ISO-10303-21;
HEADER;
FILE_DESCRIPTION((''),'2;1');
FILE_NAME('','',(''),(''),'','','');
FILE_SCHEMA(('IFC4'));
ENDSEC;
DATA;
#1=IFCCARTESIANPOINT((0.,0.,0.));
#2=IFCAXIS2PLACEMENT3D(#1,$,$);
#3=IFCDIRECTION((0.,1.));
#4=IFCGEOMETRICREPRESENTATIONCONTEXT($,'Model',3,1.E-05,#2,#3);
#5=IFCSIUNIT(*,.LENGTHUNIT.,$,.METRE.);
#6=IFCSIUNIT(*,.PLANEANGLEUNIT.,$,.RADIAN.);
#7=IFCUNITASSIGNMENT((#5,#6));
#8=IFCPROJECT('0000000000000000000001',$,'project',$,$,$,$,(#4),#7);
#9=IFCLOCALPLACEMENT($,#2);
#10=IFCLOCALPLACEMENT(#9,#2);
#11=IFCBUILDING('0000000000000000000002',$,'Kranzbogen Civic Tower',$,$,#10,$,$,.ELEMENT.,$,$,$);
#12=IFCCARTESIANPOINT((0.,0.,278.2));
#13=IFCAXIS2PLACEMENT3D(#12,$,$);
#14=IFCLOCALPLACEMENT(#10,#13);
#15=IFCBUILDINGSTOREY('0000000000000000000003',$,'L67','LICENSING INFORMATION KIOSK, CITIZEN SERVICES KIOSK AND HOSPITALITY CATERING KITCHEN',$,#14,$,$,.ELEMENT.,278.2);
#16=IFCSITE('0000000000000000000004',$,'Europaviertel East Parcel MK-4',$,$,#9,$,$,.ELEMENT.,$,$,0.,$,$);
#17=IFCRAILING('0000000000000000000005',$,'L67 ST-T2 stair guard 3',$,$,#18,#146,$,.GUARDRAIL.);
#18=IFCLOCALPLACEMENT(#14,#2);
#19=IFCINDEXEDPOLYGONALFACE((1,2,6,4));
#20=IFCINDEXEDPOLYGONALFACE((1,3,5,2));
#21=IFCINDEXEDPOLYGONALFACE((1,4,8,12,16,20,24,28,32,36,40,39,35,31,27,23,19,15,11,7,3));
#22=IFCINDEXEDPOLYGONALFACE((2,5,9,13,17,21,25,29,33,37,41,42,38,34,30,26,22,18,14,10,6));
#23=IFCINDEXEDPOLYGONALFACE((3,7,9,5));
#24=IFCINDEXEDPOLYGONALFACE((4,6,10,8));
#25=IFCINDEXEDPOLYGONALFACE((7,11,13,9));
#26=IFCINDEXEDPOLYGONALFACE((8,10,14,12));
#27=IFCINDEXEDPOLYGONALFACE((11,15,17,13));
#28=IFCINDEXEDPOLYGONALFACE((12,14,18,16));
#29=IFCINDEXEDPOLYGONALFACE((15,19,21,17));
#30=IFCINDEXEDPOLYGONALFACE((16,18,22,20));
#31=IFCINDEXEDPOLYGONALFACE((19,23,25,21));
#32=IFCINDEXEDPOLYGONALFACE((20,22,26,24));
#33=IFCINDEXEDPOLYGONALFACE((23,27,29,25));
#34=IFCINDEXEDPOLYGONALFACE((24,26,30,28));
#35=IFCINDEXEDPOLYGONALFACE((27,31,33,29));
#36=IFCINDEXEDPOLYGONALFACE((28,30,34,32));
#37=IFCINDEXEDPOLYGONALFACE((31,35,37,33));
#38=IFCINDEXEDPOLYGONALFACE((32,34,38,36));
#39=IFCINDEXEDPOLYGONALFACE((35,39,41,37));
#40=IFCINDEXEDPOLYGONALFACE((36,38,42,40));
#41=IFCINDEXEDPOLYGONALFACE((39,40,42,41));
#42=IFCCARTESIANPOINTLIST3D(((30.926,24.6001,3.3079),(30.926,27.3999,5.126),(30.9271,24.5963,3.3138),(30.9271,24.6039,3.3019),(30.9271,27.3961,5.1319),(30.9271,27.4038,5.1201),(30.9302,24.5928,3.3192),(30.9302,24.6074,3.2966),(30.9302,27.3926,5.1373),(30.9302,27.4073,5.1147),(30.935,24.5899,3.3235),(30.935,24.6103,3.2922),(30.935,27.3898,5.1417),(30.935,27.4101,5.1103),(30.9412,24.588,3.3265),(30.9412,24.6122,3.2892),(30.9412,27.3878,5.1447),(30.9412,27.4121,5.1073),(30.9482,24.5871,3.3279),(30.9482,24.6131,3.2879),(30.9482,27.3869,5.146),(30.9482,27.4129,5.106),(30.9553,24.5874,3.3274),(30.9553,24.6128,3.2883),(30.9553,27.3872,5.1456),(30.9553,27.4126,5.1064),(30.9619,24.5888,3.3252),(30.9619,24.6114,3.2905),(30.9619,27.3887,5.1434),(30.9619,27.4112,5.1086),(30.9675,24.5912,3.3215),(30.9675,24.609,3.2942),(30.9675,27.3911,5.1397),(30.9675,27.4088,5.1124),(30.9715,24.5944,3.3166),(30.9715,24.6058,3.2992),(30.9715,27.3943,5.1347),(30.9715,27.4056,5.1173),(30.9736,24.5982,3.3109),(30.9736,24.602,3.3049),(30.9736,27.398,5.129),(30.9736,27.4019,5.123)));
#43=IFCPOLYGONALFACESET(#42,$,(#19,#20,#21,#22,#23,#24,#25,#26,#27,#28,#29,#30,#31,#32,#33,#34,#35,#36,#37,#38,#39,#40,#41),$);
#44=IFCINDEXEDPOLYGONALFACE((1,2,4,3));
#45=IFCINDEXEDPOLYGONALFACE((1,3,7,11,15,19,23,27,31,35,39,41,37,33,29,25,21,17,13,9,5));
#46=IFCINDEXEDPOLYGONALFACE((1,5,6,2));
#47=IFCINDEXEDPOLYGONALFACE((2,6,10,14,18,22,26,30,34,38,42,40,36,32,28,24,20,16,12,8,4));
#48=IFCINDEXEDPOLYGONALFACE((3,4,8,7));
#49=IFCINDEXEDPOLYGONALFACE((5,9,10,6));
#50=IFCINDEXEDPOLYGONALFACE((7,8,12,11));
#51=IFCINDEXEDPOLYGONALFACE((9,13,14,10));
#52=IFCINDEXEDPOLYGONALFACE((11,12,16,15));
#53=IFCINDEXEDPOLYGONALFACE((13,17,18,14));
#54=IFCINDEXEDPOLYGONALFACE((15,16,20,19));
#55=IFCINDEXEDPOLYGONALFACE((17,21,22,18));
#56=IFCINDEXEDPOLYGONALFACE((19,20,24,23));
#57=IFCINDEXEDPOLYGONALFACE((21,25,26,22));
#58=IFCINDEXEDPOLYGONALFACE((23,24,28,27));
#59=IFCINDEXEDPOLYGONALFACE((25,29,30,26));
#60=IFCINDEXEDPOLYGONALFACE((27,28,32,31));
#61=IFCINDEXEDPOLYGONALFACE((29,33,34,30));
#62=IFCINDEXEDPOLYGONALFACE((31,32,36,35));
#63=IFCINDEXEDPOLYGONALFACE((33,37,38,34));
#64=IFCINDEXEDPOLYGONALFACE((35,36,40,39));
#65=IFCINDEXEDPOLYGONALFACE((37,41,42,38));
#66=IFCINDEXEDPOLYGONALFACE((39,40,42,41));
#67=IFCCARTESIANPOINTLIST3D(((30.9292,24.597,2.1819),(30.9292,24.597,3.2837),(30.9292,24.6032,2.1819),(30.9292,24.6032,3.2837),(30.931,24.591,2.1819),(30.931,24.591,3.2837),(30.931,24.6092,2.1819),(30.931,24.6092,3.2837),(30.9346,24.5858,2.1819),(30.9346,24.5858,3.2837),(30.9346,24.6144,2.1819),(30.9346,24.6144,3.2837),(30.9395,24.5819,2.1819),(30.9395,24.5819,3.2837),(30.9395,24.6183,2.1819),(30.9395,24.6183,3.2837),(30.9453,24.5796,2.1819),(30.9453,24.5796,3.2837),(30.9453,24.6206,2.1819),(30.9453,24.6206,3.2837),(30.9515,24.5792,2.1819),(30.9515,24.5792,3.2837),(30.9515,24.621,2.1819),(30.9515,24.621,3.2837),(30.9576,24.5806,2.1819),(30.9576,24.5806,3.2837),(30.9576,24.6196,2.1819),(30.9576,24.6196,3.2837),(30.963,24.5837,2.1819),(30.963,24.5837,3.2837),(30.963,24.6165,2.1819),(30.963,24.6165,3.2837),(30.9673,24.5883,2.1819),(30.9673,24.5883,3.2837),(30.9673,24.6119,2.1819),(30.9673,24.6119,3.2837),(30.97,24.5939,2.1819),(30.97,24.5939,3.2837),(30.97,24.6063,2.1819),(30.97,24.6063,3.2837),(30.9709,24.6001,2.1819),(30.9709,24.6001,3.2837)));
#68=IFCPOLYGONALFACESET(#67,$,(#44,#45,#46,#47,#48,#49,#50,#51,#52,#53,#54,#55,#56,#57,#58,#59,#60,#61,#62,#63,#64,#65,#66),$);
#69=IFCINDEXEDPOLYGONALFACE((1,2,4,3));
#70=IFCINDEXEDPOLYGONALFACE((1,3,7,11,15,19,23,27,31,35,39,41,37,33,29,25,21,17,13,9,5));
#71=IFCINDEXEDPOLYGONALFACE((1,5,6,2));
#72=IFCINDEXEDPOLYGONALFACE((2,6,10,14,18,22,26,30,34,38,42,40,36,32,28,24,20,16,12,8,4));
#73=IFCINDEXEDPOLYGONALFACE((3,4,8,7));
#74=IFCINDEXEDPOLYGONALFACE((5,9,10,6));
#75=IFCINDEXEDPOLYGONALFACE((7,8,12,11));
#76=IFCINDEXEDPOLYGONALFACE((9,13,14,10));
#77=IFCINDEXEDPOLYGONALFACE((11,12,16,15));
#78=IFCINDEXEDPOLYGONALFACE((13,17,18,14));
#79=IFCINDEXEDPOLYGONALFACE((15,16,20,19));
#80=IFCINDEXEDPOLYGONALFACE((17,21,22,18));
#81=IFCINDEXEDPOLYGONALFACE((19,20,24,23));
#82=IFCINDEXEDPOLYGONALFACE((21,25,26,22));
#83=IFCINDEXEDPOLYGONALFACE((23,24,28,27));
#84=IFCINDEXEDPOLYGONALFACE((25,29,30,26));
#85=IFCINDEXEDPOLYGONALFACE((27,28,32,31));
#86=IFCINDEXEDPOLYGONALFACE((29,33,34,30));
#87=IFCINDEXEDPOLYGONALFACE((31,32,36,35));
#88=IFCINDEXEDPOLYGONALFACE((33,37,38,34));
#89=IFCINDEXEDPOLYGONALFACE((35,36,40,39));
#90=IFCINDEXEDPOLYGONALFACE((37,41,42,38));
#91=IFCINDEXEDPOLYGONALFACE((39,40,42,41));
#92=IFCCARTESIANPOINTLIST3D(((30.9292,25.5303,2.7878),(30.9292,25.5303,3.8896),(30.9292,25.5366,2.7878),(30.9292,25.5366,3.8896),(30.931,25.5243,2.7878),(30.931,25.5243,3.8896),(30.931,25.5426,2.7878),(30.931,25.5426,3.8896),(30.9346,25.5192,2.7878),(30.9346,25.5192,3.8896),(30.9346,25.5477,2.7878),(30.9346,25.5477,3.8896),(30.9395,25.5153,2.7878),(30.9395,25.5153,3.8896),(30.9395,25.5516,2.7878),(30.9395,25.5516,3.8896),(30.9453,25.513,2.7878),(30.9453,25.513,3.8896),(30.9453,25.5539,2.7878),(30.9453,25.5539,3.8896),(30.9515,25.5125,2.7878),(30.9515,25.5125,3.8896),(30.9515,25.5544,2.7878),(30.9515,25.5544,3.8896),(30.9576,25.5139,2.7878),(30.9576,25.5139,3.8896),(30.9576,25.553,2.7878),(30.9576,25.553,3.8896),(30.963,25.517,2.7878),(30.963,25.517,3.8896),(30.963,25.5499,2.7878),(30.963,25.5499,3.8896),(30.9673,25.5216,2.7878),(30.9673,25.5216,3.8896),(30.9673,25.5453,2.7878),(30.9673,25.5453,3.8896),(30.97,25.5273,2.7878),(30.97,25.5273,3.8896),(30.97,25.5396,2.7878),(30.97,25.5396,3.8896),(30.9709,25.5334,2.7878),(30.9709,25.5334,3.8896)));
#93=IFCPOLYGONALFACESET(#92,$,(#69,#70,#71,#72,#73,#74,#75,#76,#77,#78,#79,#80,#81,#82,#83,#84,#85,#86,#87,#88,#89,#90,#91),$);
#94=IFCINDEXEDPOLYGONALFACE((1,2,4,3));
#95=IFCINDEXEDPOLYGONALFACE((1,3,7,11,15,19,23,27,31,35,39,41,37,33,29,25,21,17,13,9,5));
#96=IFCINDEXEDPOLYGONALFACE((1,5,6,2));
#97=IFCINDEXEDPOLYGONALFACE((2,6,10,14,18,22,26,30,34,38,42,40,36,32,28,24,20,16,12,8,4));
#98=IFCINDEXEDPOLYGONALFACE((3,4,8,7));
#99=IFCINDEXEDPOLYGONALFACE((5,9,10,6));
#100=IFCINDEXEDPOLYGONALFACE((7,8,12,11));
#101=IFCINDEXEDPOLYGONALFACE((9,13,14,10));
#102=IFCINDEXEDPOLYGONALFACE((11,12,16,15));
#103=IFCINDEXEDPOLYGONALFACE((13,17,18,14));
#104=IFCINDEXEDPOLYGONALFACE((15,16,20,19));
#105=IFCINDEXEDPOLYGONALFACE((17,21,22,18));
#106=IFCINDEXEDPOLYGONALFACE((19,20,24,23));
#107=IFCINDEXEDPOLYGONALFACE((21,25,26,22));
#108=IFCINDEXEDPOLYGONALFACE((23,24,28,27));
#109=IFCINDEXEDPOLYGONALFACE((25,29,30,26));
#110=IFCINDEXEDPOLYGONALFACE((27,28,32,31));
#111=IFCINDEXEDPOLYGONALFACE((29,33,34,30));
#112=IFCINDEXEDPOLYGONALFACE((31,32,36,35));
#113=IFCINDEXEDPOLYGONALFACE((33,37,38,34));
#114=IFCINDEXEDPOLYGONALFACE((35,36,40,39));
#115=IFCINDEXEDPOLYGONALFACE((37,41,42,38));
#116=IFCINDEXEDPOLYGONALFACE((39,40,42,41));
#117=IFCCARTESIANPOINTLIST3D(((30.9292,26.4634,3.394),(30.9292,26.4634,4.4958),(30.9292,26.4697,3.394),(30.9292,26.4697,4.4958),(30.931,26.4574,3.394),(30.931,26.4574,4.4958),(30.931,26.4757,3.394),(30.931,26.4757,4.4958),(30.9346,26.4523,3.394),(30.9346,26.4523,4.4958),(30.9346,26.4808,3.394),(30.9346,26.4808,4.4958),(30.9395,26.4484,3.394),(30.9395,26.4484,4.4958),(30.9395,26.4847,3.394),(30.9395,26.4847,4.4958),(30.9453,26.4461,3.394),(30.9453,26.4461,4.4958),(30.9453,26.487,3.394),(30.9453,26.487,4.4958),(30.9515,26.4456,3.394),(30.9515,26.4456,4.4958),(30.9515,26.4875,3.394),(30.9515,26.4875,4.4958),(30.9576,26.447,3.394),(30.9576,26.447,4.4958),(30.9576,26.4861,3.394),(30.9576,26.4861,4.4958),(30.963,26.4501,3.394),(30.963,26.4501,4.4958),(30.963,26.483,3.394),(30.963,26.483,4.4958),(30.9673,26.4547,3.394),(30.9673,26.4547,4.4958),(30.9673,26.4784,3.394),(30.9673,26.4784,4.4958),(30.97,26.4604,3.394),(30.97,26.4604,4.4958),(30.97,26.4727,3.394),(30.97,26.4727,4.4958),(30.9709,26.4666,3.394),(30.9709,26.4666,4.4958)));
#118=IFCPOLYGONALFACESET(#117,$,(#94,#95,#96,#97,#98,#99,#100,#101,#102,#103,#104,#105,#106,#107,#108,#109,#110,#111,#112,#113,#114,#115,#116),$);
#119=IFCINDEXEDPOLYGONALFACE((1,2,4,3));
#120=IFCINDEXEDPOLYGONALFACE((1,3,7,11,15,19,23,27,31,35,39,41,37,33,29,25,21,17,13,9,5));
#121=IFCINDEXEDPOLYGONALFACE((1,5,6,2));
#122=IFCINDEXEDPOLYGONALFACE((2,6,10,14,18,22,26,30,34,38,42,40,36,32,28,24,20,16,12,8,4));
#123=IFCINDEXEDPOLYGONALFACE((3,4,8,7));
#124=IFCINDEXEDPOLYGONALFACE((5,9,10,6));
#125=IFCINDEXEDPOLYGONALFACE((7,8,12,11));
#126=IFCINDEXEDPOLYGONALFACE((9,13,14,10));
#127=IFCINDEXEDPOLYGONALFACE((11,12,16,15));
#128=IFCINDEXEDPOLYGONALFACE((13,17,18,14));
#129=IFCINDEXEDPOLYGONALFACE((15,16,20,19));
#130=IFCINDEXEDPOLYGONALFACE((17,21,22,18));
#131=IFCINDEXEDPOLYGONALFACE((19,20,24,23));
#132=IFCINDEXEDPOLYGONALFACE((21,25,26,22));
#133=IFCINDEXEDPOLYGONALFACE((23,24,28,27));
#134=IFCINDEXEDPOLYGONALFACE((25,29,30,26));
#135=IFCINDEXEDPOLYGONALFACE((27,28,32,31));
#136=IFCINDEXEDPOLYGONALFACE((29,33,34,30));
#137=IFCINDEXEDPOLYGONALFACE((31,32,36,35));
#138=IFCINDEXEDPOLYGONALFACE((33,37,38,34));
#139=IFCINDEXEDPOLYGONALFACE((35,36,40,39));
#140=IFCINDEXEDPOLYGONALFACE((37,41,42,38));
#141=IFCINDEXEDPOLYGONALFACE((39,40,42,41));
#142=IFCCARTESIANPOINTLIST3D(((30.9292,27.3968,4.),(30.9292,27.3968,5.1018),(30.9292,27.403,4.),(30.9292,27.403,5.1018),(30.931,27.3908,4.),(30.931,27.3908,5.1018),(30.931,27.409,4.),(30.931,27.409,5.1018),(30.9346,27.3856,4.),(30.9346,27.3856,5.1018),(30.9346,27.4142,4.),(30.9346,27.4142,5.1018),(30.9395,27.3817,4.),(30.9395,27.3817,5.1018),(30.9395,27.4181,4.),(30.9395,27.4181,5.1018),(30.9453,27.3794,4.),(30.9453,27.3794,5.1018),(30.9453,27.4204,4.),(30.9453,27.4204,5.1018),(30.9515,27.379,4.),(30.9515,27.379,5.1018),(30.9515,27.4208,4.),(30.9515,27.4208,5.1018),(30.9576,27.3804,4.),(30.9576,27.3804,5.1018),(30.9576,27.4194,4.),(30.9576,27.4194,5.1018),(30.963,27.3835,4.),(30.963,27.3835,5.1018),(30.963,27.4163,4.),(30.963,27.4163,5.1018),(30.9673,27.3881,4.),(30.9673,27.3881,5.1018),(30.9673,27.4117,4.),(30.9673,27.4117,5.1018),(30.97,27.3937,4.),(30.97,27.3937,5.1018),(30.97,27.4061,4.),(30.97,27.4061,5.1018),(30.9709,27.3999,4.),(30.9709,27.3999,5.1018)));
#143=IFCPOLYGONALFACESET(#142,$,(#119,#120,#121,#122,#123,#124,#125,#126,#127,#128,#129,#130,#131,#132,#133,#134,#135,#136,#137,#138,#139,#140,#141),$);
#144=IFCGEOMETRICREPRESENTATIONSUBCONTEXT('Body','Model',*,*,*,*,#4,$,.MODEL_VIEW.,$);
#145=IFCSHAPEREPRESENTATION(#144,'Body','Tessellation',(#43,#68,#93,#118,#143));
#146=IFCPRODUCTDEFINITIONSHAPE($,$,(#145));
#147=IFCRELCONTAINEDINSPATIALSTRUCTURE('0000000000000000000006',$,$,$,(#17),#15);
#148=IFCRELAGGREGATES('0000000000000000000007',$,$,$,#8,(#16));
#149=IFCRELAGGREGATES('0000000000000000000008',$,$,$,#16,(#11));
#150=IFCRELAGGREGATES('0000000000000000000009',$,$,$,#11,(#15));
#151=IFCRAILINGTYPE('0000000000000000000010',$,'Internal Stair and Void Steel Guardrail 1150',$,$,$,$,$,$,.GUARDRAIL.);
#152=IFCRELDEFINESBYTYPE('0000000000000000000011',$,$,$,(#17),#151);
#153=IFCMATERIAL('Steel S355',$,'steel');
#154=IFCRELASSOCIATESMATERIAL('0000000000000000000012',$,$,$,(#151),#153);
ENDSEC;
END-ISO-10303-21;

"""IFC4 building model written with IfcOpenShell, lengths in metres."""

from ifc_helpers import new_model, si_unit, direction, frame, origin, origin_2d, place, context, subcontext, project, spatial, circle, extrude, material, type_object, element, save


model = new_model("IFC4")

# Units and contexts
model_context = context("Model", 3, precision=1e-05, world=origin(), true_north=direction((0.0, 1.0)))
body_context = subcontext(model_context, "Body", "Model", "MODEL_VIEW")
ifc_project = project(units=[si_unit("LENGTHUNIT", "METRE"), si_unit("PLANEANGLEUNIT", "RADIAN")], contexts=[model_context])

# Site, building, storey
site_placement = place(None, origin())
site = spatial("IfcSite", under=ifc_project, at=site_placement, Name="Europaviertel East Parcel MK-4", CompositionType="ELEMENT", RefElevation=0.0)
building_placement = place(site_placement, origin())
building = spatial("IfcBuilding", under=site, at=building_placement, Name="Kranzbogen Civic Tower", CompositionType="ELEMENT")
storey_placement = place(building_placement, frame((0.0, 0.0, 278.2)))
storey = spatial("IfcBuildingStorey", under=building, at=storey_placement, Name="L67", Description="LICENSING INFORMATION KIOSK, CITIZEN SERVICES KIOSK AND HOSPITALITY CATERING KITCHEN", CompositionType="ELEMENT", Elevation=278.2)

# Shared definitions
ifc_material_1 = material(Name="Steel S355", Category="steel")

# Railing
railing_type_1 = type_object("IfcRailingType", Name="Internal Stair and Void Steel Guardrail 1150", PredefinedType="GUARDRAIL", material=ifc_material_1)
railing_1_placement = place(storey_placement, frame((30.95, 24.6001, 2.1819)))
element("IfcRailing", 1, at=railing_1_placement, inside=storey, type_object=railing_type_1, Name="L67 ST-T2 stair guard 3", PredefinedType="GUARDRAIL", context=body_context, shape_type="SweptSolid", body=[
    extrude(circle(Radius=0.0239, at=origin_2d()), frame((0.0, 0.0, 1.126), z_axis=(0.0, 0.838684, 0.544618), x_axis=(-1.0, 0.0, 0.0)), (0.0, 0.0, 1.0), 3.3384),
    extrude(circle(Radius=0.021, at=origin_2d()), origin(), (0.0, 0.0, 1.0), 1.1018),
    extrude(circle(Radius=0.021, at=origin_2d()), frame((0.0, 0.9333, 0.606)), (0.0, 0.0, 1.0), 1.1018),
    extrude(circle(Radius=0.021, at=origin_2d()), frame((0.0, 1.8665, 1.2122)), (0.0, 0.0, 1.0), 1.1018),
    extrude(circle(Radius=0.021, at=origin_2d()), frame((0.0, 2.7998, 1.8181)), (0.0, 0.0, 1.0), 1.1018),
])

save(model, "model.ifc")
